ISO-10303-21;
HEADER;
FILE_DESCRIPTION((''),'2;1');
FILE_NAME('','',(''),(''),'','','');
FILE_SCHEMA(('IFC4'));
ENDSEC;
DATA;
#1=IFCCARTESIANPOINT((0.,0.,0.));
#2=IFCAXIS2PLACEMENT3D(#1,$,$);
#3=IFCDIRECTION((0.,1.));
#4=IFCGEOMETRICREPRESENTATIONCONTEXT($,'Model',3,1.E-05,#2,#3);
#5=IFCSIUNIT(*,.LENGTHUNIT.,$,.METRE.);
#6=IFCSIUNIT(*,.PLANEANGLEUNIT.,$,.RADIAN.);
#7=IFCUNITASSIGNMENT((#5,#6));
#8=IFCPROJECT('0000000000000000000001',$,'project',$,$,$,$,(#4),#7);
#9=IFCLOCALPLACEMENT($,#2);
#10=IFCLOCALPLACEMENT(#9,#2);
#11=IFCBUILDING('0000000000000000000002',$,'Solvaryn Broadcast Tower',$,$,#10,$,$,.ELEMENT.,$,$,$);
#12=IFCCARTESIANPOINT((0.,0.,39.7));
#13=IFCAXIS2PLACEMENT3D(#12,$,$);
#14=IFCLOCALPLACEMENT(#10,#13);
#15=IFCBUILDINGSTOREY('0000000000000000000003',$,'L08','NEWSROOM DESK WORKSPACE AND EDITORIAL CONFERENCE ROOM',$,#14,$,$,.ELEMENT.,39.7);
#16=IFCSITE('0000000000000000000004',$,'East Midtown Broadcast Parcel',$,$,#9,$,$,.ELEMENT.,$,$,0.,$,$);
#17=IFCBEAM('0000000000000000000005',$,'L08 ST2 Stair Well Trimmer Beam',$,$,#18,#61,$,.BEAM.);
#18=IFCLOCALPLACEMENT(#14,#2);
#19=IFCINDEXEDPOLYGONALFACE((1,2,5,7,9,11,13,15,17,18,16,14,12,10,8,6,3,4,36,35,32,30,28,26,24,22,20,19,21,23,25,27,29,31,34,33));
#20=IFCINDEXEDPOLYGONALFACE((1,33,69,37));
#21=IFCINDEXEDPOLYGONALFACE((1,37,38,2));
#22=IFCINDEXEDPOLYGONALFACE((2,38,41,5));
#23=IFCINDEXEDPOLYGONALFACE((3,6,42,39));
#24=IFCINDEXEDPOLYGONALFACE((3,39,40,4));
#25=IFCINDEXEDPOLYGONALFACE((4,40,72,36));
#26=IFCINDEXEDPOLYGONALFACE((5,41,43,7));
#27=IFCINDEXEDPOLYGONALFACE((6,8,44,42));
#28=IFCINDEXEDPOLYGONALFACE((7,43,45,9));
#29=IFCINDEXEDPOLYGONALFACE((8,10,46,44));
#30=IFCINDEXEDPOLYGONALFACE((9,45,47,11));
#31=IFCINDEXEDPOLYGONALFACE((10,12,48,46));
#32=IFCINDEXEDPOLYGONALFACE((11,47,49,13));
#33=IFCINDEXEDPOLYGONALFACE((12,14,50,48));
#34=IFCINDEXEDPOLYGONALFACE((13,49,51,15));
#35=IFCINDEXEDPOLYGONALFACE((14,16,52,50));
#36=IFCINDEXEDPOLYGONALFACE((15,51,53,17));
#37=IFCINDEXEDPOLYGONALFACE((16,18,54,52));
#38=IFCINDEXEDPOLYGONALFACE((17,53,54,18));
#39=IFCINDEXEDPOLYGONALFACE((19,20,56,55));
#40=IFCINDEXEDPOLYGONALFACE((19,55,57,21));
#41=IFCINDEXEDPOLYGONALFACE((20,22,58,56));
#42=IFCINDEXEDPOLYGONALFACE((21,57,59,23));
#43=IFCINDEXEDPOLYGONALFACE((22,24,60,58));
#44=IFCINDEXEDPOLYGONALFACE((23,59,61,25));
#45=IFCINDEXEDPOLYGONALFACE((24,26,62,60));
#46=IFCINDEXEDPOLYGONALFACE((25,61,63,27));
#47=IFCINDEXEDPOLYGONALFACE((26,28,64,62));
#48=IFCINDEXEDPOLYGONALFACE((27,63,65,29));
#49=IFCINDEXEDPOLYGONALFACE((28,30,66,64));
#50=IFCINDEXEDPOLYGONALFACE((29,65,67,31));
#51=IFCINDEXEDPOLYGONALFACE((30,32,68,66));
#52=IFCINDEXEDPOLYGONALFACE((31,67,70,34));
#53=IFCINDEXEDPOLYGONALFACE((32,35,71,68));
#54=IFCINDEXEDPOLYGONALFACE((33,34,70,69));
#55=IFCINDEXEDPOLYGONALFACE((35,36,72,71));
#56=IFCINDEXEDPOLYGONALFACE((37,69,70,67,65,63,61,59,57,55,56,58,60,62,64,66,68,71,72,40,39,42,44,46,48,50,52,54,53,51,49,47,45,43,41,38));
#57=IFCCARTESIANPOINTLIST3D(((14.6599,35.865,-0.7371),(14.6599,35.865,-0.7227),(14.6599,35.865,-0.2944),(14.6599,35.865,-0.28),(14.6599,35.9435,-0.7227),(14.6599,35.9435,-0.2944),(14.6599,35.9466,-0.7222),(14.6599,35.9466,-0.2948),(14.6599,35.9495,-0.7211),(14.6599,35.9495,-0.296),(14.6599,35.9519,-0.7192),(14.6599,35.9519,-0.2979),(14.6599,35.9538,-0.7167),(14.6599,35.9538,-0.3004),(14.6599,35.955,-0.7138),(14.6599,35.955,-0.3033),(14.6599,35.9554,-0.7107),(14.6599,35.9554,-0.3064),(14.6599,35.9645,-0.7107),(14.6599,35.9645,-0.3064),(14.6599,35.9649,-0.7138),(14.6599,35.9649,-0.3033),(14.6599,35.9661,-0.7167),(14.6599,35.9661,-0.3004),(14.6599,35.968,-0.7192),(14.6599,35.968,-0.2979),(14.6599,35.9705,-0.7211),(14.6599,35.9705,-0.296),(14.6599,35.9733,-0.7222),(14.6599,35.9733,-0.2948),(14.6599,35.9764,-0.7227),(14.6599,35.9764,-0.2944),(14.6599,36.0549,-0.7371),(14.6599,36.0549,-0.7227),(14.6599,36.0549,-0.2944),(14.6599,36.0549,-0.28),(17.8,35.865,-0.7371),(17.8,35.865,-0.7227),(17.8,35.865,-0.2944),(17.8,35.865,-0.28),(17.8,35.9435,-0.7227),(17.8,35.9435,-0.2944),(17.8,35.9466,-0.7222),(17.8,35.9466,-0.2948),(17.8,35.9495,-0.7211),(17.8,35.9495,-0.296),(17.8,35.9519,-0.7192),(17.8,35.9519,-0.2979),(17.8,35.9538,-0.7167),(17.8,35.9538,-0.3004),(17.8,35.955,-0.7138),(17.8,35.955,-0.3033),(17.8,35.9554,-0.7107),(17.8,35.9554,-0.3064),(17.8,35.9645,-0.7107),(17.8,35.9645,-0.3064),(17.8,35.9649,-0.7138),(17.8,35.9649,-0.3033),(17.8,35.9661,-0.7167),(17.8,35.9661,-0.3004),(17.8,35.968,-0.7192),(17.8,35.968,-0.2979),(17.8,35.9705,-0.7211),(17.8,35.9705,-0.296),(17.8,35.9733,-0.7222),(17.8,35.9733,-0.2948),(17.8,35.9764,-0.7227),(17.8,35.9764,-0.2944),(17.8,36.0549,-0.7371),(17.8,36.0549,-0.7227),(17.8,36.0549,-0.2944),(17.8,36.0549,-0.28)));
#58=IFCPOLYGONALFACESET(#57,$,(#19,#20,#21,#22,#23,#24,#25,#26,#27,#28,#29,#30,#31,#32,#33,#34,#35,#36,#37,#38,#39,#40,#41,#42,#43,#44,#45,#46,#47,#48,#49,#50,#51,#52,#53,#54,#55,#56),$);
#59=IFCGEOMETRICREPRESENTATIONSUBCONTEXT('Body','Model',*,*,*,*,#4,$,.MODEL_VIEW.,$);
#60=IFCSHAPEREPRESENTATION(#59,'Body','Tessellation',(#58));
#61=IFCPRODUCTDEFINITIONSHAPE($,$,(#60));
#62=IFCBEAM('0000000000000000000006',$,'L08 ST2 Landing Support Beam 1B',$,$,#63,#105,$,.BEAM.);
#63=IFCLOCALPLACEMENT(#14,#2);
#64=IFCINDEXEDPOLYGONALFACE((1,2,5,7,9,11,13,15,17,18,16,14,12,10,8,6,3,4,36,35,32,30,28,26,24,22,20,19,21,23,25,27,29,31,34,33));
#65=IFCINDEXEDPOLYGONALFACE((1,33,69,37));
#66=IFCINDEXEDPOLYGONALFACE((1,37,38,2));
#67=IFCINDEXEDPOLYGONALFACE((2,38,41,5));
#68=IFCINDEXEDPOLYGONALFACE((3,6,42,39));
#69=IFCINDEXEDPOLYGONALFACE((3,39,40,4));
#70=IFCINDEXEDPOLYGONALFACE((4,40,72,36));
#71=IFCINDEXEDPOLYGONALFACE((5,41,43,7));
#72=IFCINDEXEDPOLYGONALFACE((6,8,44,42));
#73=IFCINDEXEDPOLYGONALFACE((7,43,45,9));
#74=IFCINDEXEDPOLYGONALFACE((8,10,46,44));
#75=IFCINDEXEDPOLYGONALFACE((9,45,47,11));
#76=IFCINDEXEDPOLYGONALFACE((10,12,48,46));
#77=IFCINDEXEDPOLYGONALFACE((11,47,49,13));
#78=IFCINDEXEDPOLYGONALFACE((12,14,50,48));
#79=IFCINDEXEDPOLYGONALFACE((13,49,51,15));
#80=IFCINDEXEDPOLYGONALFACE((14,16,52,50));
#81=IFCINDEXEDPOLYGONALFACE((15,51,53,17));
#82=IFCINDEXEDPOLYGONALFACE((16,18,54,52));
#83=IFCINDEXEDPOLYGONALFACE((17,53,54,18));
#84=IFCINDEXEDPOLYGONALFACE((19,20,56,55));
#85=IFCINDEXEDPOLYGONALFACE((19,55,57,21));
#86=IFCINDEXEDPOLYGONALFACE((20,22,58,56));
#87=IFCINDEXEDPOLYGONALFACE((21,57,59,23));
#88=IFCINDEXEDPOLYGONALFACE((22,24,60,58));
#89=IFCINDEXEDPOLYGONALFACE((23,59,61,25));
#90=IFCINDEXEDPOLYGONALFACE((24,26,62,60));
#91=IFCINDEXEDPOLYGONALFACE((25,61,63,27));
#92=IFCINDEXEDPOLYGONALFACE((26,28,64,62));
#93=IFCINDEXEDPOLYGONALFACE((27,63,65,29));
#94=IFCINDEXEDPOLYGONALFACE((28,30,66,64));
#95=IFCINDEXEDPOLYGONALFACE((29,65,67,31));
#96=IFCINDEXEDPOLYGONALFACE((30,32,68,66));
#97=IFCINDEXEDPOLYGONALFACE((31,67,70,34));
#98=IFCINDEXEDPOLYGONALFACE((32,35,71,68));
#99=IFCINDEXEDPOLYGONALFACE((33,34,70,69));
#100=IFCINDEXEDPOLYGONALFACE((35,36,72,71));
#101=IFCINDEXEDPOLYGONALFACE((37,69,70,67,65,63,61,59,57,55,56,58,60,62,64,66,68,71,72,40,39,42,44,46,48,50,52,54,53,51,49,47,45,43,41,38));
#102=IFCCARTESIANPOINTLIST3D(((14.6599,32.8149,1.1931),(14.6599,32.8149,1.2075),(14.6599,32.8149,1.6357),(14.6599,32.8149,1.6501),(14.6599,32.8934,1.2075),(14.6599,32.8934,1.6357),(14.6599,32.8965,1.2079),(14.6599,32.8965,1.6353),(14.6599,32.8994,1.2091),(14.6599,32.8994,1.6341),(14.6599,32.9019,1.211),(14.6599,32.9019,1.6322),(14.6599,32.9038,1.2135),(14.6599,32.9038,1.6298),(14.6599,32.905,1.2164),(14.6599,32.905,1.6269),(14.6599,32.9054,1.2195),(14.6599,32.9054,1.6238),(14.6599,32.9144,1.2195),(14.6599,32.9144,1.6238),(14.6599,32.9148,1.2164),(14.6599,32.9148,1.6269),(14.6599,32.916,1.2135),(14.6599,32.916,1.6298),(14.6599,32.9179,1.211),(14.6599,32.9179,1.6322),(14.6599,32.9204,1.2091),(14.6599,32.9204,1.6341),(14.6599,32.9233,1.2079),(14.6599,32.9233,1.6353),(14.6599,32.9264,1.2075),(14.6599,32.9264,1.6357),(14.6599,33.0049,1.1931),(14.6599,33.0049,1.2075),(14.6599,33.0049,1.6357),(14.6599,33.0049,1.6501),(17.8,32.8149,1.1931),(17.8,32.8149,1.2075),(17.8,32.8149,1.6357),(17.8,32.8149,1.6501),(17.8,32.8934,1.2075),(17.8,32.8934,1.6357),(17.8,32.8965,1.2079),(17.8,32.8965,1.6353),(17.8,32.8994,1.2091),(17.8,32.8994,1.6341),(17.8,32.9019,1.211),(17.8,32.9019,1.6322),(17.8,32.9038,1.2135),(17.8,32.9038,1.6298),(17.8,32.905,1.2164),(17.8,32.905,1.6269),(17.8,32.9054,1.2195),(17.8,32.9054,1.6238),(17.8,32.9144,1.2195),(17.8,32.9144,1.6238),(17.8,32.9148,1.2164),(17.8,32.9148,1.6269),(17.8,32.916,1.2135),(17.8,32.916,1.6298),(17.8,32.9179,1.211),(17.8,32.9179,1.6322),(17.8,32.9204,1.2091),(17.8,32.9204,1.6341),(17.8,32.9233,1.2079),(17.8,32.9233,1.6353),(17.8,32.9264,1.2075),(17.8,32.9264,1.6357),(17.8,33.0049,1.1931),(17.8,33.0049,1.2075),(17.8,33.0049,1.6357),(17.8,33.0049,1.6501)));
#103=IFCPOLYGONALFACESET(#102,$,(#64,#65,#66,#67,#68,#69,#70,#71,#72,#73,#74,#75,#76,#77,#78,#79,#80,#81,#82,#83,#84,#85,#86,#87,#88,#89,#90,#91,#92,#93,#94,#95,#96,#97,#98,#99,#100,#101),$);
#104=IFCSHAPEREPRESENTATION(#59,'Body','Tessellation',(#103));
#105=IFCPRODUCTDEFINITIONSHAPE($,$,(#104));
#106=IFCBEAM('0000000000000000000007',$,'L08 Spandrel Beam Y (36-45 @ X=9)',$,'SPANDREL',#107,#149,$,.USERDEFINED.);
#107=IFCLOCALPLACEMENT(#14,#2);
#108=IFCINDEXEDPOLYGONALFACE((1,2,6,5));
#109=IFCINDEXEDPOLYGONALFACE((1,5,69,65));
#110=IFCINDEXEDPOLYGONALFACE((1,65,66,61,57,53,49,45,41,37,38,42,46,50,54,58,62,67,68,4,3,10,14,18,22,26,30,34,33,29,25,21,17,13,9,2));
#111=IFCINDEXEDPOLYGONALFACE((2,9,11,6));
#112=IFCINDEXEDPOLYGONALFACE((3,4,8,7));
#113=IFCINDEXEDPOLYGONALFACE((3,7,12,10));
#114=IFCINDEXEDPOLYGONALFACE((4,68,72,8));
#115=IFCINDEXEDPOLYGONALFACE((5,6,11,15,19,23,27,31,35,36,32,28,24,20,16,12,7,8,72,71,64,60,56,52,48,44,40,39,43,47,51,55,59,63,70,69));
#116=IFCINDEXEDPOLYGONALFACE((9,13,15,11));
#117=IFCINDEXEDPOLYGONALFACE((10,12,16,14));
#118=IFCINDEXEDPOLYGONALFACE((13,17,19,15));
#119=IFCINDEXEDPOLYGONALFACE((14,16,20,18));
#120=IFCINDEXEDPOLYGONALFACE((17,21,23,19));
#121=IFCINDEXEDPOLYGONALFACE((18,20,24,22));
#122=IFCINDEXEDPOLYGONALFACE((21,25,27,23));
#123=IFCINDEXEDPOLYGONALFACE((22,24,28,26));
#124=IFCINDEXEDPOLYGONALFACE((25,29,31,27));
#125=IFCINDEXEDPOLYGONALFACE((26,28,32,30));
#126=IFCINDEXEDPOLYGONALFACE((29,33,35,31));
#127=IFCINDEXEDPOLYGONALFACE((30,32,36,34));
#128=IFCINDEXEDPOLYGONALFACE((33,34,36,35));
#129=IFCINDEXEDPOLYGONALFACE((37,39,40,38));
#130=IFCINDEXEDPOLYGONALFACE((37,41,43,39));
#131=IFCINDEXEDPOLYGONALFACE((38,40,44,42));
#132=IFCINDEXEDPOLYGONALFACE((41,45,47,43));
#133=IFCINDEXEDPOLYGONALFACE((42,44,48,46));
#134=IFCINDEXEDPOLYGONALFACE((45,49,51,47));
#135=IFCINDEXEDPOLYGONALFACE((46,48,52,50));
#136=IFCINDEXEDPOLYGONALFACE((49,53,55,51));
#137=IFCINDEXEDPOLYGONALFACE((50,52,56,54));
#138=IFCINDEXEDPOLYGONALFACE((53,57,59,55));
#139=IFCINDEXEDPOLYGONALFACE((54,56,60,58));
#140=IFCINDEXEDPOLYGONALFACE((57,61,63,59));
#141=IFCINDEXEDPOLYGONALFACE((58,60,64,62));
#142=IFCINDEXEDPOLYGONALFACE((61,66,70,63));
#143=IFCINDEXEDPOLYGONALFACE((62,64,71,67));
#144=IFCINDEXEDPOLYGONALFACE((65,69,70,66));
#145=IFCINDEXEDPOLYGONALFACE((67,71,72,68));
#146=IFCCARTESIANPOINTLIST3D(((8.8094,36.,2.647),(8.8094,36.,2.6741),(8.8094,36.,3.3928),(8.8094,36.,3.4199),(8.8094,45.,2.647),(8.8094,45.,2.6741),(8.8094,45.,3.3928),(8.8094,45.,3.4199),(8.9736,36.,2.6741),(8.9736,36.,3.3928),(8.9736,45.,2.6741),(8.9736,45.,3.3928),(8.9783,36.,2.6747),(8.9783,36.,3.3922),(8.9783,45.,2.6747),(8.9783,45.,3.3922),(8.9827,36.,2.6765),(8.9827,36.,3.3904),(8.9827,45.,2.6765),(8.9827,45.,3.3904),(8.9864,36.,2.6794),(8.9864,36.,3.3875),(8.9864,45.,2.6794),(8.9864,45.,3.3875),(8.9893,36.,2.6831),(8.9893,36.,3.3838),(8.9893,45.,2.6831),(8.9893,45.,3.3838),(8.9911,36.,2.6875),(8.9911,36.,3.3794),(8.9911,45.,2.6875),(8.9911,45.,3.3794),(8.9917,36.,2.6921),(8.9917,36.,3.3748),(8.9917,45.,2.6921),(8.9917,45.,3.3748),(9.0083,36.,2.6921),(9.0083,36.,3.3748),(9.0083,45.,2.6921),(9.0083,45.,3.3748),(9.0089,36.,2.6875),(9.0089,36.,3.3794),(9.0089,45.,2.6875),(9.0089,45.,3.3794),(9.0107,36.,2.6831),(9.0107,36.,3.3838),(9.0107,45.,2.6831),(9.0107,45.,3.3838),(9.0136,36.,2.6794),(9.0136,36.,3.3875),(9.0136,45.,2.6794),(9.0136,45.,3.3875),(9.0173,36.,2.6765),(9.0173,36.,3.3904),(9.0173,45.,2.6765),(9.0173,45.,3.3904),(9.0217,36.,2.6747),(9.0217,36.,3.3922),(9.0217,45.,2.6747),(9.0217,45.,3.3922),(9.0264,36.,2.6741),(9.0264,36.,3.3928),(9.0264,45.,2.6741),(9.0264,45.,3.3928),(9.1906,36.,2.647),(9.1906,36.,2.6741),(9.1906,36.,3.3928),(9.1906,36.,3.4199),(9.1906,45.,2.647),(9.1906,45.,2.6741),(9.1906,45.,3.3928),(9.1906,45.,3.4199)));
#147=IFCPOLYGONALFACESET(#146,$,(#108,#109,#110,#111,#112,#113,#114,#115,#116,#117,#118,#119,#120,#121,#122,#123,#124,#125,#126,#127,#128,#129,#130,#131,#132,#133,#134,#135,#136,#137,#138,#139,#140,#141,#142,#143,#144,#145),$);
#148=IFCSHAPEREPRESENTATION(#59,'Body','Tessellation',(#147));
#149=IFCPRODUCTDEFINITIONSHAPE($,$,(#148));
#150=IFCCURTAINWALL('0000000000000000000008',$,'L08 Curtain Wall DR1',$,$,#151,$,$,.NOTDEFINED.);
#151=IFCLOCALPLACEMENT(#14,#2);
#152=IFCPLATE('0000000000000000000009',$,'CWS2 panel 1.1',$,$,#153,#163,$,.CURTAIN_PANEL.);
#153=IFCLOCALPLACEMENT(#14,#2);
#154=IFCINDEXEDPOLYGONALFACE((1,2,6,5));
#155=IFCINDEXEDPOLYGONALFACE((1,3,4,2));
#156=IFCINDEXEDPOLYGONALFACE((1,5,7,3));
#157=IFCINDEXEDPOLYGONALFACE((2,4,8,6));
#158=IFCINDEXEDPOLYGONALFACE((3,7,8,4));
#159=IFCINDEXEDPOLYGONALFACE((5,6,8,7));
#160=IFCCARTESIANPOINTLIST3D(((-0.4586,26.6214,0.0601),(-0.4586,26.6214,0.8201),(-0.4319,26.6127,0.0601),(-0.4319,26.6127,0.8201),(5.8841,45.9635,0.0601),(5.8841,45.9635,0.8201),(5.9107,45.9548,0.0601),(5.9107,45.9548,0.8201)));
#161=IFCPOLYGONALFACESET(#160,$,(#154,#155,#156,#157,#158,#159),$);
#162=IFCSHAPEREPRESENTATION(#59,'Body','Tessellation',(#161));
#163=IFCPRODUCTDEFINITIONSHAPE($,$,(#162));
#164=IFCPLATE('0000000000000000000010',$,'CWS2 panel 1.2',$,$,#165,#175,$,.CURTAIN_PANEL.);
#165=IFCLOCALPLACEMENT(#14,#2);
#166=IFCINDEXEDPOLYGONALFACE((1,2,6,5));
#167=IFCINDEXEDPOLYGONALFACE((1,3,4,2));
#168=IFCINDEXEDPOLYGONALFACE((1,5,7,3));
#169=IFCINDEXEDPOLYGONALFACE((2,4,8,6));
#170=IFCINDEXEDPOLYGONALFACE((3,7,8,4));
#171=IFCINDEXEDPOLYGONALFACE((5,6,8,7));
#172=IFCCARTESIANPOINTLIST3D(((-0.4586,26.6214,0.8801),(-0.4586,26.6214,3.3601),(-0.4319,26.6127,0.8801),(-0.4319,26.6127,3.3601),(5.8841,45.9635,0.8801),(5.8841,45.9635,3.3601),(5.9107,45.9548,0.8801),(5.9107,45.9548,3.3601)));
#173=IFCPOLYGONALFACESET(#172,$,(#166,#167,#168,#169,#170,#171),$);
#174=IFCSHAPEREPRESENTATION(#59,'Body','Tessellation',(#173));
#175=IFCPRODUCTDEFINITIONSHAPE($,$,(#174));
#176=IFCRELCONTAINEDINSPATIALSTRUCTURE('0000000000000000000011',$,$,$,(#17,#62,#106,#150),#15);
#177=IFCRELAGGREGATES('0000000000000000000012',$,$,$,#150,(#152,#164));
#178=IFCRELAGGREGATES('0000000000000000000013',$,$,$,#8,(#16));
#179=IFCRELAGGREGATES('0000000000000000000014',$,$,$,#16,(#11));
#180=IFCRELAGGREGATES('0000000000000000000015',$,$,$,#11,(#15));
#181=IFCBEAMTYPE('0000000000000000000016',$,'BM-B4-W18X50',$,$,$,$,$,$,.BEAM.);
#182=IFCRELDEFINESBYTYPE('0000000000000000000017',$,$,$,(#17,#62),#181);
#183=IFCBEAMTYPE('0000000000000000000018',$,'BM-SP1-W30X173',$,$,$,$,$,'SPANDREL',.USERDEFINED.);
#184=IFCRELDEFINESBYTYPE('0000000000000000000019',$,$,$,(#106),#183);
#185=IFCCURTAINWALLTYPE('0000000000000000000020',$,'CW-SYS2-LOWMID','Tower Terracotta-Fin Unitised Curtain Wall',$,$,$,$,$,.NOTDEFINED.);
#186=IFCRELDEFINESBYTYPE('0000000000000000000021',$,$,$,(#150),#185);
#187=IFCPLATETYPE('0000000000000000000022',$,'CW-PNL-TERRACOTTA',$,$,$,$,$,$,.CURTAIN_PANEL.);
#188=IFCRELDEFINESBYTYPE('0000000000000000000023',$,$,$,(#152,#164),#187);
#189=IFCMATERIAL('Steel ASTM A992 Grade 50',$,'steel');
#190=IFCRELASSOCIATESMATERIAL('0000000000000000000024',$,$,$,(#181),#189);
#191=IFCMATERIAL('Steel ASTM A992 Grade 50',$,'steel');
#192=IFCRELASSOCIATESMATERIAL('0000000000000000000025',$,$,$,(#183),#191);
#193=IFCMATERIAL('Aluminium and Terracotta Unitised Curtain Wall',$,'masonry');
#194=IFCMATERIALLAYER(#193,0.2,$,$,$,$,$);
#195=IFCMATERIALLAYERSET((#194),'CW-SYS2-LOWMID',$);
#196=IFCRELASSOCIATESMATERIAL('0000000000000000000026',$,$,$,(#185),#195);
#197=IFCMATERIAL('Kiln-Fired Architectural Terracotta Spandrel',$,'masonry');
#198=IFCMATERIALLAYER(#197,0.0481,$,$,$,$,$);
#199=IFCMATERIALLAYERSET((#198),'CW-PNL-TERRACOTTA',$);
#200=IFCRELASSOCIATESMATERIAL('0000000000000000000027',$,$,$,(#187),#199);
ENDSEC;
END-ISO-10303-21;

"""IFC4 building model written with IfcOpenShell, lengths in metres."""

from ifc_helpers import new_model, si_unit, direction, frame, origin, origin_2d, place, context, subcontext, project, spatial, rectangle, i_section, extrude, material, layer, layer_set, material_profile, profile_set, type_object, element, aggregate, save


model = new_model("IFC4")

# Units and contexts
model_context = context("Model", 3, precision=1e-05, world=origin(), true_north=direction((0.0, 1.0)))
body_context = subcontext(model_context, "Body", "Model", "MODEL_VIEW")
ifc_project = project(units=[si_unit("LENGTHUNIT", "METRE"), si_unit("PLANEANGLEUNIT", "RADIAN")], contexts=[model_context])

# Site, building, storey
site_placement = place(None, origin())
site = spatial("IfcSite", under=ifc_project, at=site_placement, Name="East Midtown Broadcast Parcel", CompositionType="ELEMENT", RefElevation=0.0)
building_placement = place(site_placement, origin())
building = spatial("IfcBuilding", under=site, at=building_placement, Name="Solvaryn Broadcast Tower", CompositionType="ELEMENT")
storey_placement = place(building_placement, frame((0.0, 0.0, 39.7)))
storey = spatial("IfcBuildingStorey", under=building, at=storey_placement, Name="L08", Description="NEWSROOM DESK WORKSPACE AND EDITORIAL CONFERENCE ROOM", CompositionType="ELEMENT", Elevation=39.7)

# Beams
ifc_material_1 = material(Name="Steel ASTM A992 Grade 50", Category="steel")
ifc_material_profile_1 = material_profile(ifc_material_1, i_section(OverallWidth=0.1899, OverallDepth=0.457, WebThickness=0.009, FlangeThickness=0.0144, FilletRadius=0.012, at=origin_2d()))
ifc_profile_set_1 = profile_set([ifc_material_profile_1], Name="Steel ASTM A992 Grade 50")
beam_type_1 = type_object("IfcBeamType", Name="BM-B4-W18X50", PredefinedType="BEAM", material=ifc_profile_set_1)
for number, where, z_axis, x_axis, name in (
    (1, (14.6599, 35.96, -0.5085), (1.0, 0.0, 0.0), (0.0, 1.0, 0.0), "L08 ST2 Stair Well Trimmer Beam"),
    (2, (14.6599, 32.9099, 1.4216), (1.0, 0.0, 0.0), (0.0, 1.0, 0.0), "L08 ST2 Landing Support Beam 1B"),
):
    element("IfcBeam", number, at=place(storey_placement, frame(where, z_axis=z_axis, x_axis=x_axis)), inside=storey, type_object=beam_type_1, Name=name, PredefinedType="BEAM", context=body_context, shape_type="SweptSolid", body=[
        extrude(i_section(OverallWidth=0.1899, OverallDepth=0.457, WebThickness=0.009, FlangeThickness=0.0144, FilletRadius=0.012, at=origin_2d()), origin(), (0.0, 0.0, 1.0), 3.1401),
    ])
ifc_material_2 = material(Name="Steel ASTM A992 Grade 50", Category="steel")
ifc_material_profile_2 = material_profile(ifc_material_2, i_section(OverallWidth=0.3811, OverallDepth=0.7729, WebThickness=0.0166, FlangeThickness=0.0271, FilletRadius=0.0181, at=origin_2d()))
ifc_profile_set_2 = profile_set([ifc_material_profile_2], Name="Steel ASTM A992 Grade 50")
beam_type_2 = type_object("IfcBeamType", Name="BM-SP1-W30X173", ElementType="SPANDREL", PredefinedType="USERDEFINED", material=ifc_profile_set_2)
beam_1_placement = place(storey_placement, frame((9.0, 36.0, 3.0334), z_axis=(0.0, 1.0, 0.0), x_axis=(-1.0, 0.0, 0.0)))
element("IfcBeam", 3, at=beam_1_placement, inside=storey, type_object=beam_type_2, Name="L08 Spandrel Beam Y (36-45 @ X=9)", ObjectType="SPANDREL", PredefinedType="USERDEFINED", context=body_context, shape_type="SweptSolid", body=[
    extrude(i_section(OverallWidth=0.3811, OverallDepth=0.7729, WebThickness=0.0166, FlangeThickness=0.0271, FilletRadius=0.0181, at=origin_2d()), origin(), (0.0, 0.0, 1.0), 9.0),
])

# Curtain wall, plates
ifc_material_3 = material(Name="Aluminium and Terracotta Unitised Curtain Wall", Category="masonry")
ifc_layer_1 = layer(ifc_material_3, 0.2)
ifc_layer_set_1 = layer_set([ifc_layer_1], Name="CW-SYS2-LOWMID")
curtain_wall_type = type_object("IfcCurtainWallType", Name="CW-SYS2-LOWMID", Description="Tower Terracotta-Fin Unitised Curtain Wall", PredefinedType="NOTDEFINED", material=ifc_layer_set_1)
curtain_wall_placement = place(storey_placement, origin())
curtain_wall = element("IfcCurtainWall", 4, at=curtain_wall_placement, inside=storey, type_object=curtain_wall_type, Name="L08 Curtain Wall DR1", PredefinedType="NOTDEFINED")
ifc_material_4 = material(Name="Kiln-Fired Architectural Terracotta Spandrel", Category="masonry")
ifc_layer_2 = layer(ifc_material_4, 0.0481)
ifc_layer_set_2 = layer_set([ifc_layer_2], Name="CW-PNL-TERRACOTTA")
plate_type = type_object("IfcPlateType", Name="CW-PNL-TERRACOTTA", PredefinedType="CURTAIN_PANEL", material=ifc_layer_set_2)
plate_1_placement = place(storey_placement, frame((2.7261, 36.2881, 0.0601), z_axis=(0.0, 0.0, 1.0), x_axis=(-0.311594, -0.950215, 0.0)))
plate_1 = element("IfcPlate", 5, at=plate_1_placement, type_object=plate_type, Name="CWS2 panel 1.1", PredefinedType="CURTAIN_PANEL", context=body_context, shape_type="SweptSolid", body=[
    extrude(rectangle(XDim=20.3555, YDim=0.0281, at=origin_2d()), origin(), (0.0, 0.0, 1.0), 0.76),
])
plate_2_placement = place(storey_placement, frame((2.7261, 36.2881, 0.8801), z_axis=(0.0, 0.0, 1.0), x_axis=(-0.311594, -0.950215, 0.0)))
plate_2 = element("IfcPlate", 6, at=plate_2_placement, type_object=plate_type, Name="CWS2 panel 1.2", PredefinedType="CURTAIN_PANEL", context=body_context, shape_type="SweptSolid", body=[
    extrude(rectangle(XDim=20.3555, YDim=0.0281, at=origin_2d()), origin(), (0.0, 0.0, 1.0), 2.48),
])
aggregate(curtain_wall, [plate_1, plate_2])

save(model, "model.ifc")
